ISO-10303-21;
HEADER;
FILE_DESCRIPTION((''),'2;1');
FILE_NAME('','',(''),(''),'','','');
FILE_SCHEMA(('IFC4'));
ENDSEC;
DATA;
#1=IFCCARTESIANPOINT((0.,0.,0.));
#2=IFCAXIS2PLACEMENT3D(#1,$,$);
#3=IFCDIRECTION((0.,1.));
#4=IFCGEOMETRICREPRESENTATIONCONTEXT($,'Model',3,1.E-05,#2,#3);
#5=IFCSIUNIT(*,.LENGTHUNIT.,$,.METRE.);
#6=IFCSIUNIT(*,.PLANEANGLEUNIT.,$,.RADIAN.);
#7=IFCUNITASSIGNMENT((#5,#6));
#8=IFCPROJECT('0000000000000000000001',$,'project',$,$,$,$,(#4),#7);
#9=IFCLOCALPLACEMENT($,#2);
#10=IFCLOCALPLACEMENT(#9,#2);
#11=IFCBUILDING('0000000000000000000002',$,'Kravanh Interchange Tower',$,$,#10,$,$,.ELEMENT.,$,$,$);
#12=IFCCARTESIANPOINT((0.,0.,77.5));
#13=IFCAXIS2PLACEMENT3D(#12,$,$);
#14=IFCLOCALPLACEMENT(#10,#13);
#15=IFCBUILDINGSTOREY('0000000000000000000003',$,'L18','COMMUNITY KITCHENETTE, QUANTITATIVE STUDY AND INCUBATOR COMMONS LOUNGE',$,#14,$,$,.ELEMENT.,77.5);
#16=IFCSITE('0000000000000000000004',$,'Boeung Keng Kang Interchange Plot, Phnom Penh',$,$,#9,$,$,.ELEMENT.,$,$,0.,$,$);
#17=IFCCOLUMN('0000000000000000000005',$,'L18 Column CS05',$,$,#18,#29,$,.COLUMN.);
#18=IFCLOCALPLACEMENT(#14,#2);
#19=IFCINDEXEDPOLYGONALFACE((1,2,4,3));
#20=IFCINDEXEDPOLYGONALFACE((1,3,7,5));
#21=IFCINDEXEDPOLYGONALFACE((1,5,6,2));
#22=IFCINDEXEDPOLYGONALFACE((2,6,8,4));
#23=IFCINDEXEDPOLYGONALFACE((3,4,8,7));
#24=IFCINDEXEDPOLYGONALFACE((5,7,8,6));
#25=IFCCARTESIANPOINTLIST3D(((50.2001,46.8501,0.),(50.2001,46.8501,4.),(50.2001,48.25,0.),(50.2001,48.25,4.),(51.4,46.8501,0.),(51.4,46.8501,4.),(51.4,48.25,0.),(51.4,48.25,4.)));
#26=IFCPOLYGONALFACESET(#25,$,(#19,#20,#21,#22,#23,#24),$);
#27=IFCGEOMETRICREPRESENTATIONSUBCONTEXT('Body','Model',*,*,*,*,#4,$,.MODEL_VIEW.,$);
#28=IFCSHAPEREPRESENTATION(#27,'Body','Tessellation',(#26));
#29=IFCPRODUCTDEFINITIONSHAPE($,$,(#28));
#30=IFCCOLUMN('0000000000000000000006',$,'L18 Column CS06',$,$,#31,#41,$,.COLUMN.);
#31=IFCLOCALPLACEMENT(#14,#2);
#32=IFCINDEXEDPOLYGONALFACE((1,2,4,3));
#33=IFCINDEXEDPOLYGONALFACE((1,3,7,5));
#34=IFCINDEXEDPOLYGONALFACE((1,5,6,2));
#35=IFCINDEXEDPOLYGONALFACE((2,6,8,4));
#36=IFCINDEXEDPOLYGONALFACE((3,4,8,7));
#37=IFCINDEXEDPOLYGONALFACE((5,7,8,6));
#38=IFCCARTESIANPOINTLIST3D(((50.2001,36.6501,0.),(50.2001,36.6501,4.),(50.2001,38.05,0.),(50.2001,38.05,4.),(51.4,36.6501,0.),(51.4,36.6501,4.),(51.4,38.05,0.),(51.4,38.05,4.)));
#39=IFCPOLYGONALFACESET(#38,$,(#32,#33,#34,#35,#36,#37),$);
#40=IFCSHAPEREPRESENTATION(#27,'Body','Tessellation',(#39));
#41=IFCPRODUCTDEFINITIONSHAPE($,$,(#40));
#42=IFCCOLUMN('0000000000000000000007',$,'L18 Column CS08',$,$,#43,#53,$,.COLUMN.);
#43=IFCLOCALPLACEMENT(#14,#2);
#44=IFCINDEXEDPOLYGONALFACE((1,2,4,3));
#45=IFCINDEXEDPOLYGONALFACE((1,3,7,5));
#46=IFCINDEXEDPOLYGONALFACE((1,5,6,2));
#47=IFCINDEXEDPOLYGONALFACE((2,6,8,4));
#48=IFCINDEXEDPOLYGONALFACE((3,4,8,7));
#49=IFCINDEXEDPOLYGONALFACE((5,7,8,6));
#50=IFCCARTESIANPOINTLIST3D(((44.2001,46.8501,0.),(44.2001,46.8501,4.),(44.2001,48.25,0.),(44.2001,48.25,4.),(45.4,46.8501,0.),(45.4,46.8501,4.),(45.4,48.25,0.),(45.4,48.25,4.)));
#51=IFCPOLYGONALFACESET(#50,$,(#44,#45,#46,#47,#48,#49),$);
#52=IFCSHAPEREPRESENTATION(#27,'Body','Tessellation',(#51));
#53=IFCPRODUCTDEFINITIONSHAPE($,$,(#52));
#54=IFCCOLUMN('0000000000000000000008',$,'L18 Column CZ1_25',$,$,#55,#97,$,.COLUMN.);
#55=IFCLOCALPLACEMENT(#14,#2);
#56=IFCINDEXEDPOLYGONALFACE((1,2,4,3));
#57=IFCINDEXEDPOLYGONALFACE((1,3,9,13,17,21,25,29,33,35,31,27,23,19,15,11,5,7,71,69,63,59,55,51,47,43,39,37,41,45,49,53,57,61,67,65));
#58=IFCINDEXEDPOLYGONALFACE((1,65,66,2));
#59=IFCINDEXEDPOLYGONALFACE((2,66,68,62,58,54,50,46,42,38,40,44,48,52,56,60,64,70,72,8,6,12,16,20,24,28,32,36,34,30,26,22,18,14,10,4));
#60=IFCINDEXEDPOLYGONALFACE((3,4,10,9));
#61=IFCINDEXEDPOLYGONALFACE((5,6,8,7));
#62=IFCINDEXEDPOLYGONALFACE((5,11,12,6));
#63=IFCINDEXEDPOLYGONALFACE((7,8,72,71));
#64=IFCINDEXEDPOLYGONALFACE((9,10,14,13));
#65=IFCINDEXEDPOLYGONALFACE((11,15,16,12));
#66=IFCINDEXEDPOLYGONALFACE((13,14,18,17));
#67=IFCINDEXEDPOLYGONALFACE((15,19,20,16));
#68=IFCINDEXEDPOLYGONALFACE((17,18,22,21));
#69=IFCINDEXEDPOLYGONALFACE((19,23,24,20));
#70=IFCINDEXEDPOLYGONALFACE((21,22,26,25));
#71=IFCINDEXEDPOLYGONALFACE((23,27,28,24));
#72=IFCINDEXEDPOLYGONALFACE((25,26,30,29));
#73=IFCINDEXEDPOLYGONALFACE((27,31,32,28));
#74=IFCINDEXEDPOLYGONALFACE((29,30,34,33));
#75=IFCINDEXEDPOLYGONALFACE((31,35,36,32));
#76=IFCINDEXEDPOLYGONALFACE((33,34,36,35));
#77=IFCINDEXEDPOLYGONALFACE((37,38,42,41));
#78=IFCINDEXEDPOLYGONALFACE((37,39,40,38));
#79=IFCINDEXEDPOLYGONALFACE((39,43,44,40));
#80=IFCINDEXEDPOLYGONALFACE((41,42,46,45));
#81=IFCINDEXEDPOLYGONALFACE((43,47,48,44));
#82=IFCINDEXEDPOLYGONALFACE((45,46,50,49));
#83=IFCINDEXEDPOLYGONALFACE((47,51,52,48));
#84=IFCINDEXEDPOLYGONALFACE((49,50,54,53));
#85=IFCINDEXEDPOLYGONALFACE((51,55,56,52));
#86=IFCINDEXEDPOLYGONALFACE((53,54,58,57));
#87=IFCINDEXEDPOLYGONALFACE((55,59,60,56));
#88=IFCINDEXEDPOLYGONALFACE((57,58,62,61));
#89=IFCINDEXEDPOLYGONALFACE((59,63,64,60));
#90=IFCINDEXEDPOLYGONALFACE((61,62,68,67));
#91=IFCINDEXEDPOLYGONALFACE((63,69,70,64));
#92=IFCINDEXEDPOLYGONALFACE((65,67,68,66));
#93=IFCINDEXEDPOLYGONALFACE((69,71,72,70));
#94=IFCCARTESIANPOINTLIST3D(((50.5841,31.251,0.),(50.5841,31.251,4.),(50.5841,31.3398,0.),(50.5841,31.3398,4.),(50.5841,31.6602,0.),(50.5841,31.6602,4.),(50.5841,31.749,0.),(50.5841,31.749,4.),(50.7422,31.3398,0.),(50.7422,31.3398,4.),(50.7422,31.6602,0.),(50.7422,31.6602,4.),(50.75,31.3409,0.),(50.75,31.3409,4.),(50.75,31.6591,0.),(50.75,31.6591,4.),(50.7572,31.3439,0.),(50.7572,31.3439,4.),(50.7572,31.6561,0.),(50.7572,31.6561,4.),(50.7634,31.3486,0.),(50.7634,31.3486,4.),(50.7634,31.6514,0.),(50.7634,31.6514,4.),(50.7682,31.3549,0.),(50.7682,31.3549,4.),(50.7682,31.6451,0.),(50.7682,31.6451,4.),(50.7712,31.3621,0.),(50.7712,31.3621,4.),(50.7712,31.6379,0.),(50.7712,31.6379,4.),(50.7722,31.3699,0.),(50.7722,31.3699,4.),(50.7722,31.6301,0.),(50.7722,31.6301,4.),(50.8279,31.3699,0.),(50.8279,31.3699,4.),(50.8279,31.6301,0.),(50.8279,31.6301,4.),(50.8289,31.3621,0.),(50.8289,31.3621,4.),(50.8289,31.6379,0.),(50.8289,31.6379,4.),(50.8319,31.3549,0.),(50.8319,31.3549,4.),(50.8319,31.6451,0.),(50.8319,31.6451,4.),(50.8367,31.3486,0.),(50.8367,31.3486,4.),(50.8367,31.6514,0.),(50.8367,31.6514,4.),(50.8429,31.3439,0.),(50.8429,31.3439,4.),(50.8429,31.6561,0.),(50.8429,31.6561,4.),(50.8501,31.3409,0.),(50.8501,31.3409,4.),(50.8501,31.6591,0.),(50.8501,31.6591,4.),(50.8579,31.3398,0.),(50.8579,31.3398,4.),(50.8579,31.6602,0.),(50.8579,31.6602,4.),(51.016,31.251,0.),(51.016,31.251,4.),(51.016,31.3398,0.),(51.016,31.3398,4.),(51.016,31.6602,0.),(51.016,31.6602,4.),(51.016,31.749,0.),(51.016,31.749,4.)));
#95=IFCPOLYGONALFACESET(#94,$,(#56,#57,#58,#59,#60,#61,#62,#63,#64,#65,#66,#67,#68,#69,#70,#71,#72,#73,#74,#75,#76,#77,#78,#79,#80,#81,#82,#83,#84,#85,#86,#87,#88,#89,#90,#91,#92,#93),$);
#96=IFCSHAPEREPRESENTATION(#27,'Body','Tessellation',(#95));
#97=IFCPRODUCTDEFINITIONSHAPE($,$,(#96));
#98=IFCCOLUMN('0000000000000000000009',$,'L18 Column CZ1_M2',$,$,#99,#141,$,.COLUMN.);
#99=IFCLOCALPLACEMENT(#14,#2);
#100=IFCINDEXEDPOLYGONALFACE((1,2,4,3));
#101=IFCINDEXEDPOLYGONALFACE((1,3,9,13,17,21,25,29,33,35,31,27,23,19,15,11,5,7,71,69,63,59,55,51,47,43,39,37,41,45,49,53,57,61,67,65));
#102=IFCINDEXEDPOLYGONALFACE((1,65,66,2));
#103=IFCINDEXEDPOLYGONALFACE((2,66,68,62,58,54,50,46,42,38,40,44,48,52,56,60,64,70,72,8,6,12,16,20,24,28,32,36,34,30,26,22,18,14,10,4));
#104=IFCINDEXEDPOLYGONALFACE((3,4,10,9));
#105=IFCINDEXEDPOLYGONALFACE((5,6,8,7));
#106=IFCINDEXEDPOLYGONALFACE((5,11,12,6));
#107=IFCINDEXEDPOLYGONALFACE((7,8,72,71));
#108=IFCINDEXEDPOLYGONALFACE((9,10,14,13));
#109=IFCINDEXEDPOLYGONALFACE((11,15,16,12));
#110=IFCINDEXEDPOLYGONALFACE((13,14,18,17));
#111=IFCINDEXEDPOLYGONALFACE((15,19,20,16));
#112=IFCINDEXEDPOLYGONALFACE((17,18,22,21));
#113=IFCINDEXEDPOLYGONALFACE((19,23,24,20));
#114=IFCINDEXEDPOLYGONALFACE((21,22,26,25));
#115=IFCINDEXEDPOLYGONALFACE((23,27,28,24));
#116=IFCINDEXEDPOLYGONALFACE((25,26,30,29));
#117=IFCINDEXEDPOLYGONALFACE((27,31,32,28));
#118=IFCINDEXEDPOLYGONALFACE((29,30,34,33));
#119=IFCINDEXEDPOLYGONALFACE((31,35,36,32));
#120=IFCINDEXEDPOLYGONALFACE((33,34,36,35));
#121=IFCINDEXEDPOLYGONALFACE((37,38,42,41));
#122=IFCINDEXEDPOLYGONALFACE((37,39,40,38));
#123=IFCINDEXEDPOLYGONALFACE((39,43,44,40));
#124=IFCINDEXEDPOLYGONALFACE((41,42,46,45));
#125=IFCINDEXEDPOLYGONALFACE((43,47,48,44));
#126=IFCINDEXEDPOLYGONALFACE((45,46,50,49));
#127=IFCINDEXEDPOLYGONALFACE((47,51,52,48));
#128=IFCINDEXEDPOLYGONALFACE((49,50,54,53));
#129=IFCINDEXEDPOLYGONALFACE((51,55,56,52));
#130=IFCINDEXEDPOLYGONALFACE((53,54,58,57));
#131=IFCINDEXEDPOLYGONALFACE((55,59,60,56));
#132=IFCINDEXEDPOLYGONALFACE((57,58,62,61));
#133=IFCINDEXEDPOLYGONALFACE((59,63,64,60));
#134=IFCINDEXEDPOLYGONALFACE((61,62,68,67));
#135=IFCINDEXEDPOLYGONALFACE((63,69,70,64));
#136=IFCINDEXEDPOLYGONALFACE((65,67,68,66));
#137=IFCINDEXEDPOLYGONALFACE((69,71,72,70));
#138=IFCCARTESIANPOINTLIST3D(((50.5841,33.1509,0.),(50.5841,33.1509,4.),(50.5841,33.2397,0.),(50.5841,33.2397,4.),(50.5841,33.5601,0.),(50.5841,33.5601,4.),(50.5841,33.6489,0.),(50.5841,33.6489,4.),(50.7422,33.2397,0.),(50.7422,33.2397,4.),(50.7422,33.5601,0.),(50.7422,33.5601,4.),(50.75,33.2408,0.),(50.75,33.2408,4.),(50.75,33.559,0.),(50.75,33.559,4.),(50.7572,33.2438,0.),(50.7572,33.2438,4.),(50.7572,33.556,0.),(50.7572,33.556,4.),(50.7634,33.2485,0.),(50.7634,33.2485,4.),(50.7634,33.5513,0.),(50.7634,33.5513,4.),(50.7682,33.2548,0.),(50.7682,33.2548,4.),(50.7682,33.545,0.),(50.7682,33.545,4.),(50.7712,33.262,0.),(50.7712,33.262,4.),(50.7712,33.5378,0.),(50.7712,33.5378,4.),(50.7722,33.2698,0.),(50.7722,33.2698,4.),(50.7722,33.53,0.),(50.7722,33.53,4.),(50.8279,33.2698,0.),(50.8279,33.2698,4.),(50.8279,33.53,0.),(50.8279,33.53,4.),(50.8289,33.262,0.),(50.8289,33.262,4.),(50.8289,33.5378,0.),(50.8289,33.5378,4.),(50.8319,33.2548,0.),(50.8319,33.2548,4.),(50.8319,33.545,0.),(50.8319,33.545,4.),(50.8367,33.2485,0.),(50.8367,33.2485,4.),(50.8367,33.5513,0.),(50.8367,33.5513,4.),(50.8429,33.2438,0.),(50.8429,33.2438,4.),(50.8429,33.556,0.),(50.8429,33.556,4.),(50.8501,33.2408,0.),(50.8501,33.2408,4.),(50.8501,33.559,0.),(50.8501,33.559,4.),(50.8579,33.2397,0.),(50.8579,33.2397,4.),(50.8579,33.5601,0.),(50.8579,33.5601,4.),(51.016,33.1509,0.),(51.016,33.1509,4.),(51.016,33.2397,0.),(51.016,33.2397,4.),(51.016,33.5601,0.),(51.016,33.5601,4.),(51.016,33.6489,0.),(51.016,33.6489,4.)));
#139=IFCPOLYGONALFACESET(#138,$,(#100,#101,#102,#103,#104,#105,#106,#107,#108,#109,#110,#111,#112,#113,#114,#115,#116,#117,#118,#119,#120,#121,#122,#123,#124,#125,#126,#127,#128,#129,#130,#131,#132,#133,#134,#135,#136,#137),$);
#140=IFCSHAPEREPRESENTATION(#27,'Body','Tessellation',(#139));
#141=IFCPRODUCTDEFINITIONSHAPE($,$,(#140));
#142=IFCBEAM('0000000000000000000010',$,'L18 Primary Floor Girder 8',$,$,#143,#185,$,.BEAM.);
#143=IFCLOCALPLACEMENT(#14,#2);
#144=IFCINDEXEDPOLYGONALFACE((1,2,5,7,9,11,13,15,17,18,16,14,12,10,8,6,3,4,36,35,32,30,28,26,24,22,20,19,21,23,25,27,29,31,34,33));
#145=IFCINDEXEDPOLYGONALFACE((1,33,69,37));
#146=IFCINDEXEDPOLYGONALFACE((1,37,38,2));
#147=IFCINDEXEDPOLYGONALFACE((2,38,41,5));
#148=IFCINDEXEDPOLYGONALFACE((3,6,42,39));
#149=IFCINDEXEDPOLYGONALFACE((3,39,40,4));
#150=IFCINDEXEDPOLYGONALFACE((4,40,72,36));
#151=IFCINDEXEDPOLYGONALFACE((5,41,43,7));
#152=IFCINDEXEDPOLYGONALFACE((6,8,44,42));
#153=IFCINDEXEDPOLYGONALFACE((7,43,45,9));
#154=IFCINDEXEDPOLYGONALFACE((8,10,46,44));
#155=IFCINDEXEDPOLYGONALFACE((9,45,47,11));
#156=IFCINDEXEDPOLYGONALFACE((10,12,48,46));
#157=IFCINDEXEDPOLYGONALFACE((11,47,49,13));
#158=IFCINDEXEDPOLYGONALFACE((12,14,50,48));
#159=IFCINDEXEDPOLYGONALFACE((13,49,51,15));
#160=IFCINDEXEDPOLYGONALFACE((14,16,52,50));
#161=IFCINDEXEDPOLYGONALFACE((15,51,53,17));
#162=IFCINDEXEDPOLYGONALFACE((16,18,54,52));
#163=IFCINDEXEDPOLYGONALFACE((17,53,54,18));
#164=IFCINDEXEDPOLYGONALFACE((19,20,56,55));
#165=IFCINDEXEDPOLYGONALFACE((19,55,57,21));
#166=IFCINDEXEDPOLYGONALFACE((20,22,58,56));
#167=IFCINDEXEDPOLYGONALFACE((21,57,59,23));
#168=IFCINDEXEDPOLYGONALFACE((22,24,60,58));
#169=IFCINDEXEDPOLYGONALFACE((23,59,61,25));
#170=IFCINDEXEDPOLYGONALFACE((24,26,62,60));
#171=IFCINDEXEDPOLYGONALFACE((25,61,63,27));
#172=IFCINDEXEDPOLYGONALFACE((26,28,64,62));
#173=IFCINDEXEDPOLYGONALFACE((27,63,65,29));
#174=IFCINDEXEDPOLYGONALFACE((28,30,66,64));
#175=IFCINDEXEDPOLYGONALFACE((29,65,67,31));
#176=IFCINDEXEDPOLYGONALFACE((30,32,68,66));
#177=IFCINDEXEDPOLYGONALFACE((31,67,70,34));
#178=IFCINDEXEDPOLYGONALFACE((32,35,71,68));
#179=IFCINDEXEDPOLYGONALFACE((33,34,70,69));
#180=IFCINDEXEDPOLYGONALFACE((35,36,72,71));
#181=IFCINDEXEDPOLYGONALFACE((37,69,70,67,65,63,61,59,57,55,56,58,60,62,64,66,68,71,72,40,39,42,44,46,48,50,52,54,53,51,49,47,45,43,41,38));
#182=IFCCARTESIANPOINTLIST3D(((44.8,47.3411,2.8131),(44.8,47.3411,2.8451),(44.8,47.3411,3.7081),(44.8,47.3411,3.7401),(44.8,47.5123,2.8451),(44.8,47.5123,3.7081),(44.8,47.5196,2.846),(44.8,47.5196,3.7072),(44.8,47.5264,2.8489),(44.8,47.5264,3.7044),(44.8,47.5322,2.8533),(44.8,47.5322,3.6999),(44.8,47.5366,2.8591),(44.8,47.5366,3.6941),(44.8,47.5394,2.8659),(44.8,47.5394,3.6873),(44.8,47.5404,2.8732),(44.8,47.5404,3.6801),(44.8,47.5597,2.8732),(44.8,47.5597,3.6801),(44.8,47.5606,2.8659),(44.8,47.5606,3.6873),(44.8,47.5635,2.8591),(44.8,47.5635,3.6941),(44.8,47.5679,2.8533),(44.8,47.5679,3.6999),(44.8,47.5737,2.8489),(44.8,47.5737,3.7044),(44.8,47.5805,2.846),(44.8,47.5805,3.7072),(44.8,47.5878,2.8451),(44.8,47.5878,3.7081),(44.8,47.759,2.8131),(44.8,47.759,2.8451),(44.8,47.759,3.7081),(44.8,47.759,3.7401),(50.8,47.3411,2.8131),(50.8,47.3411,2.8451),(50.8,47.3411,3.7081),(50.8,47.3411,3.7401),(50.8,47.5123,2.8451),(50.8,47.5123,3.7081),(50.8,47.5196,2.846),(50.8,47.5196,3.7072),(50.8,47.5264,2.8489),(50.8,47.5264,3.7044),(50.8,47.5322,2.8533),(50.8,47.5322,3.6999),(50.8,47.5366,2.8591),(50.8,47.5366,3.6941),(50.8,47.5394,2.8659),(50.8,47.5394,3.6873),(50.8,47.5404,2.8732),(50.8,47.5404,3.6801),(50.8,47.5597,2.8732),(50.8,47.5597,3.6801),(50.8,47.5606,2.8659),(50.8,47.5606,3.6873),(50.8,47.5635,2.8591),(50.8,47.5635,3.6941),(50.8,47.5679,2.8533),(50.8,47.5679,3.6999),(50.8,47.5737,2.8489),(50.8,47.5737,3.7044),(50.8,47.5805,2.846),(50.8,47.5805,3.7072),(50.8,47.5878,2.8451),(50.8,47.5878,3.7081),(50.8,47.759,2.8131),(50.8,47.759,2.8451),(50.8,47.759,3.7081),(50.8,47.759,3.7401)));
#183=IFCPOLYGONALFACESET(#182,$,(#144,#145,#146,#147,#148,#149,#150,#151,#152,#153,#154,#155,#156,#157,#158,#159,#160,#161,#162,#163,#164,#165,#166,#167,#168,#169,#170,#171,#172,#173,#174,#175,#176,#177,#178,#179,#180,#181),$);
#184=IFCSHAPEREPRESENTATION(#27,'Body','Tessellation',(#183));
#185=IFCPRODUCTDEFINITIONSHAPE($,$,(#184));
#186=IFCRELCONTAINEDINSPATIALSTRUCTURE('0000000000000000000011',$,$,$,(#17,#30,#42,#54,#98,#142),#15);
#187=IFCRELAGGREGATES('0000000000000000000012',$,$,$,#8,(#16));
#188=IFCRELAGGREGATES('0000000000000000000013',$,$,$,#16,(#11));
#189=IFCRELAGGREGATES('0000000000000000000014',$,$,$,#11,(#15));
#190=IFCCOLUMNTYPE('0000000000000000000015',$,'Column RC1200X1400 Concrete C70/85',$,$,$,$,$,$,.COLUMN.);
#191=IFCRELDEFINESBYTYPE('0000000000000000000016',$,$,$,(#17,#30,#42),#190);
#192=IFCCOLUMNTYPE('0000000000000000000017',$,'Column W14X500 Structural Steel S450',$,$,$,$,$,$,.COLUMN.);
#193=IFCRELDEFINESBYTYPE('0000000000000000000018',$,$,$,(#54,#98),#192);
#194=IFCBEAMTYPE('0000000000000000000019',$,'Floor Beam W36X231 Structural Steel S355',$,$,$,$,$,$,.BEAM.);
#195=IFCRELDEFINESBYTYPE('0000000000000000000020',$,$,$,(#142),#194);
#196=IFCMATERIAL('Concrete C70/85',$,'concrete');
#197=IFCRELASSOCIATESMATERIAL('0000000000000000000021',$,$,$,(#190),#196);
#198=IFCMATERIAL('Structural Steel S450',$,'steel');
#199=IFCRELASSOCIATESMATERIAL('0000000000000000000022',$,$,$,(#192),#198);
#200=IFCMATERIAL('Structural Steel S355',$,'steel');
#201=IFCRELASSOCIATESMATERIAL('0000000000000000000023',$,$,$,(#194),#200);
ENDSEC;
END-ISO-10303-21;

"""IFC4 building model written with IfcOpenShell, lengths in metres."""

from ifc_helpers import new_model, si_unit, direction, frame, origin, origin_2d, place, context, subcontext, project, spatial, rectangle, i_section, extrude, material, material_profile, profile_set, type_object, element, save


model = new_model("IFC4")

# Units and contexts
model_context = context("Model", 3, precision=1e-05, world=origin(), true_north=direction((0.0, 1.0)))
body_context = subcontext(model_context, "Body", "Model", "MODEL_VIEW")
ifc_project = project(units=[si_unit("LENGTHUNIT", "METRE"), si_unit("PLANEANGLEUNIT", "RADIAN")], contexts=[model_context])

# Site, building, storey
site_placement = place(None, origin())
site = spatial("IfcSite", under=ifc_project, at=site_placement, Name="Boeung Keng Kang Interchange Plot, Phnom Penh", CompositionType="ELEMENT", RefElevation=0.0)
building_placement = place(site_placement, origin())
building = spatial("IfcBuilding", under=site, at=building_placement, Name="Kravanh Interchange Tower", CompositionType="ELEMENT")
storey_placement = place(building_placement, frame((0.0, 0.0, 77.5)))
storey = spatial("IfcBuildingStorey", under=building, at=storey_placement, Name="L18", Description="COMMUNITY KITCHENETTE, QUANTITATIVE STUDY AND INCUBATOR COMMONS LOUNGE", CompositionType="ELEMENT", Elevation=77.5)

# Columns
ifc_material_1 = material(Name="Concrete C70/85", Category="concrete")
ifc_material_profile_1 = material_profile(ifc_material_1, rectangle(XDim=1.2, YDim=1.3999, at=origin_2d()), Name="RC1200X1400")
ifc_profile_set_1 = profile_set([ifc_material_profile_1], Name="Concrete C70/85")
column_type_1 = type_object("IfcColumnType", Name="Column RC1200X1400 Concrete C70/85", PredefinedType="COLUMN", material=ifc_profile_set_1)
for number, where, z_axis, x_axis, name in (
    (1, (50.8, 47.55, 0.0), (0.0, 0.0, 1.0), (1.0, 0.0, 0.0), "L18 Column CS05"),
    (2, (50.8, 37.3501, 0.0), (0.0, 0.0, 1.0), (1.0, 0.0, 0.0), "L18 Column CS06"),
    (3, (44.8, 47.55, 0.0), (0.0, 0.0, 1.0), (1.0, 0.0, 0.0), "L18 Column CS08"),
):
    element("IfcColumn", number, at=place(storey_placement, frame(where, z_axis=z_axis, x_axis=x_axis)), inside=storey, type_object=column_type_1, Name=name, PredefinedType="COLUMN", context=body_context, shape_type="SweptSolid", body=[
        extrude(rectangle(XDim=1.2, YDim=1.3999, at=origin_2d()), origin(), (0.0, 0.0, 1.0), 4.0),
    ])
ifc_material_2 = material(Name="Structural Steel S450", Category="steel")
ifc_material_profile_2 = material_profile(ifc_material_2, i_section(OverallWidth=0.4319, OverallDepth=0.498, WebThickness=0.0557, FlangeThickness=0.0889, FilletRadius=0.03, at=origin_2d()), Name="W14X500")
ifc_profile_set_2 = profile_set([ifc_material_profile_2], Name="Structural Steel S450")
column_type_2 = type_object("IfcColumnType", Name="Column W14X500 Structural Steel S450", PredefinedType="COLUMN", material=ifc_profile_set_2)
for number, where, z_axis, x_axis, name in (
    (4, (50.8, 31.5, 0.0), (0.0, 0.0, 1.0), (1.0, 0.0, 0.0), "L18 Column CZ1_25"),
    (5, (50.8, 33.3999, 0.0), (0.0, 0.0, 1.0), (1.0, 0.0, 0.0), "L18 Column CZ1_M2"),
):
    element("IfcColumn", number, at=place(storey_placement, frame(where, z_axis=z_axis, x_axis=x_axis)), inside=storey, type_object=column_type_2, Name=name, PredefinedType="COLUMN", context=body_context, shape_type="SweptSolid", body=[
        extrude(i_section(OverallWidth=0.4319, OverallDepth=0.498, WebThickness=0.0557, FlangeThickness=0.0889, FilletRadius=0.03, at=origin_2d()), origin(), (0.0, 0.0, 1.0), 4.0),
    ])

# Beam
ifc_material_3 = material(Name="Structural Steel S355", Category="steel")
ifc_material_profile_3 = material_profile(ifc_material_3, i_section(OverallWidth=0.418, OverallDepth=0.927, WebThickness=0.0193, FlangeThickness=0.032, FilletRadius=0.0281, at=origin_2d()), Name="W36X231")
ifc_profile_set_3 = profile_set([ifc_material_profile_3], Name="Structural Steel S355")
beam_type_1 = type_object("IfcBeamType", Name="Floor Beam W36X231 Structural Steel S355", PredefinedType="BEAM", material=ifc_profile_set_3)
beam_1_placement = place(storey_placement, frame((50.8, 47.55, 3.2766), z_axis=(-1.0, 0.0, 0.0), x_axis=(0.0, -1.0, 0.0)))
element("IfcBeam", 6, at=beam_1_placement, inside=storey, type_object=beam_type_1, Name="L18 Primary Floor Girder 8", PredefinedType="BEAM", context=body_context, shape_type="SweptSolid", body=[
    extrude(i_section(OverallWidth=0.418, OverallDepth=0.927, WebThickness=0.0193, FlangeThickness=0.032, FilletRadius=0.0281, at=origin_2d()), origin(), (0.0, 0.0, 1.0), 6.0),
])

save(model, "model.ifc")
